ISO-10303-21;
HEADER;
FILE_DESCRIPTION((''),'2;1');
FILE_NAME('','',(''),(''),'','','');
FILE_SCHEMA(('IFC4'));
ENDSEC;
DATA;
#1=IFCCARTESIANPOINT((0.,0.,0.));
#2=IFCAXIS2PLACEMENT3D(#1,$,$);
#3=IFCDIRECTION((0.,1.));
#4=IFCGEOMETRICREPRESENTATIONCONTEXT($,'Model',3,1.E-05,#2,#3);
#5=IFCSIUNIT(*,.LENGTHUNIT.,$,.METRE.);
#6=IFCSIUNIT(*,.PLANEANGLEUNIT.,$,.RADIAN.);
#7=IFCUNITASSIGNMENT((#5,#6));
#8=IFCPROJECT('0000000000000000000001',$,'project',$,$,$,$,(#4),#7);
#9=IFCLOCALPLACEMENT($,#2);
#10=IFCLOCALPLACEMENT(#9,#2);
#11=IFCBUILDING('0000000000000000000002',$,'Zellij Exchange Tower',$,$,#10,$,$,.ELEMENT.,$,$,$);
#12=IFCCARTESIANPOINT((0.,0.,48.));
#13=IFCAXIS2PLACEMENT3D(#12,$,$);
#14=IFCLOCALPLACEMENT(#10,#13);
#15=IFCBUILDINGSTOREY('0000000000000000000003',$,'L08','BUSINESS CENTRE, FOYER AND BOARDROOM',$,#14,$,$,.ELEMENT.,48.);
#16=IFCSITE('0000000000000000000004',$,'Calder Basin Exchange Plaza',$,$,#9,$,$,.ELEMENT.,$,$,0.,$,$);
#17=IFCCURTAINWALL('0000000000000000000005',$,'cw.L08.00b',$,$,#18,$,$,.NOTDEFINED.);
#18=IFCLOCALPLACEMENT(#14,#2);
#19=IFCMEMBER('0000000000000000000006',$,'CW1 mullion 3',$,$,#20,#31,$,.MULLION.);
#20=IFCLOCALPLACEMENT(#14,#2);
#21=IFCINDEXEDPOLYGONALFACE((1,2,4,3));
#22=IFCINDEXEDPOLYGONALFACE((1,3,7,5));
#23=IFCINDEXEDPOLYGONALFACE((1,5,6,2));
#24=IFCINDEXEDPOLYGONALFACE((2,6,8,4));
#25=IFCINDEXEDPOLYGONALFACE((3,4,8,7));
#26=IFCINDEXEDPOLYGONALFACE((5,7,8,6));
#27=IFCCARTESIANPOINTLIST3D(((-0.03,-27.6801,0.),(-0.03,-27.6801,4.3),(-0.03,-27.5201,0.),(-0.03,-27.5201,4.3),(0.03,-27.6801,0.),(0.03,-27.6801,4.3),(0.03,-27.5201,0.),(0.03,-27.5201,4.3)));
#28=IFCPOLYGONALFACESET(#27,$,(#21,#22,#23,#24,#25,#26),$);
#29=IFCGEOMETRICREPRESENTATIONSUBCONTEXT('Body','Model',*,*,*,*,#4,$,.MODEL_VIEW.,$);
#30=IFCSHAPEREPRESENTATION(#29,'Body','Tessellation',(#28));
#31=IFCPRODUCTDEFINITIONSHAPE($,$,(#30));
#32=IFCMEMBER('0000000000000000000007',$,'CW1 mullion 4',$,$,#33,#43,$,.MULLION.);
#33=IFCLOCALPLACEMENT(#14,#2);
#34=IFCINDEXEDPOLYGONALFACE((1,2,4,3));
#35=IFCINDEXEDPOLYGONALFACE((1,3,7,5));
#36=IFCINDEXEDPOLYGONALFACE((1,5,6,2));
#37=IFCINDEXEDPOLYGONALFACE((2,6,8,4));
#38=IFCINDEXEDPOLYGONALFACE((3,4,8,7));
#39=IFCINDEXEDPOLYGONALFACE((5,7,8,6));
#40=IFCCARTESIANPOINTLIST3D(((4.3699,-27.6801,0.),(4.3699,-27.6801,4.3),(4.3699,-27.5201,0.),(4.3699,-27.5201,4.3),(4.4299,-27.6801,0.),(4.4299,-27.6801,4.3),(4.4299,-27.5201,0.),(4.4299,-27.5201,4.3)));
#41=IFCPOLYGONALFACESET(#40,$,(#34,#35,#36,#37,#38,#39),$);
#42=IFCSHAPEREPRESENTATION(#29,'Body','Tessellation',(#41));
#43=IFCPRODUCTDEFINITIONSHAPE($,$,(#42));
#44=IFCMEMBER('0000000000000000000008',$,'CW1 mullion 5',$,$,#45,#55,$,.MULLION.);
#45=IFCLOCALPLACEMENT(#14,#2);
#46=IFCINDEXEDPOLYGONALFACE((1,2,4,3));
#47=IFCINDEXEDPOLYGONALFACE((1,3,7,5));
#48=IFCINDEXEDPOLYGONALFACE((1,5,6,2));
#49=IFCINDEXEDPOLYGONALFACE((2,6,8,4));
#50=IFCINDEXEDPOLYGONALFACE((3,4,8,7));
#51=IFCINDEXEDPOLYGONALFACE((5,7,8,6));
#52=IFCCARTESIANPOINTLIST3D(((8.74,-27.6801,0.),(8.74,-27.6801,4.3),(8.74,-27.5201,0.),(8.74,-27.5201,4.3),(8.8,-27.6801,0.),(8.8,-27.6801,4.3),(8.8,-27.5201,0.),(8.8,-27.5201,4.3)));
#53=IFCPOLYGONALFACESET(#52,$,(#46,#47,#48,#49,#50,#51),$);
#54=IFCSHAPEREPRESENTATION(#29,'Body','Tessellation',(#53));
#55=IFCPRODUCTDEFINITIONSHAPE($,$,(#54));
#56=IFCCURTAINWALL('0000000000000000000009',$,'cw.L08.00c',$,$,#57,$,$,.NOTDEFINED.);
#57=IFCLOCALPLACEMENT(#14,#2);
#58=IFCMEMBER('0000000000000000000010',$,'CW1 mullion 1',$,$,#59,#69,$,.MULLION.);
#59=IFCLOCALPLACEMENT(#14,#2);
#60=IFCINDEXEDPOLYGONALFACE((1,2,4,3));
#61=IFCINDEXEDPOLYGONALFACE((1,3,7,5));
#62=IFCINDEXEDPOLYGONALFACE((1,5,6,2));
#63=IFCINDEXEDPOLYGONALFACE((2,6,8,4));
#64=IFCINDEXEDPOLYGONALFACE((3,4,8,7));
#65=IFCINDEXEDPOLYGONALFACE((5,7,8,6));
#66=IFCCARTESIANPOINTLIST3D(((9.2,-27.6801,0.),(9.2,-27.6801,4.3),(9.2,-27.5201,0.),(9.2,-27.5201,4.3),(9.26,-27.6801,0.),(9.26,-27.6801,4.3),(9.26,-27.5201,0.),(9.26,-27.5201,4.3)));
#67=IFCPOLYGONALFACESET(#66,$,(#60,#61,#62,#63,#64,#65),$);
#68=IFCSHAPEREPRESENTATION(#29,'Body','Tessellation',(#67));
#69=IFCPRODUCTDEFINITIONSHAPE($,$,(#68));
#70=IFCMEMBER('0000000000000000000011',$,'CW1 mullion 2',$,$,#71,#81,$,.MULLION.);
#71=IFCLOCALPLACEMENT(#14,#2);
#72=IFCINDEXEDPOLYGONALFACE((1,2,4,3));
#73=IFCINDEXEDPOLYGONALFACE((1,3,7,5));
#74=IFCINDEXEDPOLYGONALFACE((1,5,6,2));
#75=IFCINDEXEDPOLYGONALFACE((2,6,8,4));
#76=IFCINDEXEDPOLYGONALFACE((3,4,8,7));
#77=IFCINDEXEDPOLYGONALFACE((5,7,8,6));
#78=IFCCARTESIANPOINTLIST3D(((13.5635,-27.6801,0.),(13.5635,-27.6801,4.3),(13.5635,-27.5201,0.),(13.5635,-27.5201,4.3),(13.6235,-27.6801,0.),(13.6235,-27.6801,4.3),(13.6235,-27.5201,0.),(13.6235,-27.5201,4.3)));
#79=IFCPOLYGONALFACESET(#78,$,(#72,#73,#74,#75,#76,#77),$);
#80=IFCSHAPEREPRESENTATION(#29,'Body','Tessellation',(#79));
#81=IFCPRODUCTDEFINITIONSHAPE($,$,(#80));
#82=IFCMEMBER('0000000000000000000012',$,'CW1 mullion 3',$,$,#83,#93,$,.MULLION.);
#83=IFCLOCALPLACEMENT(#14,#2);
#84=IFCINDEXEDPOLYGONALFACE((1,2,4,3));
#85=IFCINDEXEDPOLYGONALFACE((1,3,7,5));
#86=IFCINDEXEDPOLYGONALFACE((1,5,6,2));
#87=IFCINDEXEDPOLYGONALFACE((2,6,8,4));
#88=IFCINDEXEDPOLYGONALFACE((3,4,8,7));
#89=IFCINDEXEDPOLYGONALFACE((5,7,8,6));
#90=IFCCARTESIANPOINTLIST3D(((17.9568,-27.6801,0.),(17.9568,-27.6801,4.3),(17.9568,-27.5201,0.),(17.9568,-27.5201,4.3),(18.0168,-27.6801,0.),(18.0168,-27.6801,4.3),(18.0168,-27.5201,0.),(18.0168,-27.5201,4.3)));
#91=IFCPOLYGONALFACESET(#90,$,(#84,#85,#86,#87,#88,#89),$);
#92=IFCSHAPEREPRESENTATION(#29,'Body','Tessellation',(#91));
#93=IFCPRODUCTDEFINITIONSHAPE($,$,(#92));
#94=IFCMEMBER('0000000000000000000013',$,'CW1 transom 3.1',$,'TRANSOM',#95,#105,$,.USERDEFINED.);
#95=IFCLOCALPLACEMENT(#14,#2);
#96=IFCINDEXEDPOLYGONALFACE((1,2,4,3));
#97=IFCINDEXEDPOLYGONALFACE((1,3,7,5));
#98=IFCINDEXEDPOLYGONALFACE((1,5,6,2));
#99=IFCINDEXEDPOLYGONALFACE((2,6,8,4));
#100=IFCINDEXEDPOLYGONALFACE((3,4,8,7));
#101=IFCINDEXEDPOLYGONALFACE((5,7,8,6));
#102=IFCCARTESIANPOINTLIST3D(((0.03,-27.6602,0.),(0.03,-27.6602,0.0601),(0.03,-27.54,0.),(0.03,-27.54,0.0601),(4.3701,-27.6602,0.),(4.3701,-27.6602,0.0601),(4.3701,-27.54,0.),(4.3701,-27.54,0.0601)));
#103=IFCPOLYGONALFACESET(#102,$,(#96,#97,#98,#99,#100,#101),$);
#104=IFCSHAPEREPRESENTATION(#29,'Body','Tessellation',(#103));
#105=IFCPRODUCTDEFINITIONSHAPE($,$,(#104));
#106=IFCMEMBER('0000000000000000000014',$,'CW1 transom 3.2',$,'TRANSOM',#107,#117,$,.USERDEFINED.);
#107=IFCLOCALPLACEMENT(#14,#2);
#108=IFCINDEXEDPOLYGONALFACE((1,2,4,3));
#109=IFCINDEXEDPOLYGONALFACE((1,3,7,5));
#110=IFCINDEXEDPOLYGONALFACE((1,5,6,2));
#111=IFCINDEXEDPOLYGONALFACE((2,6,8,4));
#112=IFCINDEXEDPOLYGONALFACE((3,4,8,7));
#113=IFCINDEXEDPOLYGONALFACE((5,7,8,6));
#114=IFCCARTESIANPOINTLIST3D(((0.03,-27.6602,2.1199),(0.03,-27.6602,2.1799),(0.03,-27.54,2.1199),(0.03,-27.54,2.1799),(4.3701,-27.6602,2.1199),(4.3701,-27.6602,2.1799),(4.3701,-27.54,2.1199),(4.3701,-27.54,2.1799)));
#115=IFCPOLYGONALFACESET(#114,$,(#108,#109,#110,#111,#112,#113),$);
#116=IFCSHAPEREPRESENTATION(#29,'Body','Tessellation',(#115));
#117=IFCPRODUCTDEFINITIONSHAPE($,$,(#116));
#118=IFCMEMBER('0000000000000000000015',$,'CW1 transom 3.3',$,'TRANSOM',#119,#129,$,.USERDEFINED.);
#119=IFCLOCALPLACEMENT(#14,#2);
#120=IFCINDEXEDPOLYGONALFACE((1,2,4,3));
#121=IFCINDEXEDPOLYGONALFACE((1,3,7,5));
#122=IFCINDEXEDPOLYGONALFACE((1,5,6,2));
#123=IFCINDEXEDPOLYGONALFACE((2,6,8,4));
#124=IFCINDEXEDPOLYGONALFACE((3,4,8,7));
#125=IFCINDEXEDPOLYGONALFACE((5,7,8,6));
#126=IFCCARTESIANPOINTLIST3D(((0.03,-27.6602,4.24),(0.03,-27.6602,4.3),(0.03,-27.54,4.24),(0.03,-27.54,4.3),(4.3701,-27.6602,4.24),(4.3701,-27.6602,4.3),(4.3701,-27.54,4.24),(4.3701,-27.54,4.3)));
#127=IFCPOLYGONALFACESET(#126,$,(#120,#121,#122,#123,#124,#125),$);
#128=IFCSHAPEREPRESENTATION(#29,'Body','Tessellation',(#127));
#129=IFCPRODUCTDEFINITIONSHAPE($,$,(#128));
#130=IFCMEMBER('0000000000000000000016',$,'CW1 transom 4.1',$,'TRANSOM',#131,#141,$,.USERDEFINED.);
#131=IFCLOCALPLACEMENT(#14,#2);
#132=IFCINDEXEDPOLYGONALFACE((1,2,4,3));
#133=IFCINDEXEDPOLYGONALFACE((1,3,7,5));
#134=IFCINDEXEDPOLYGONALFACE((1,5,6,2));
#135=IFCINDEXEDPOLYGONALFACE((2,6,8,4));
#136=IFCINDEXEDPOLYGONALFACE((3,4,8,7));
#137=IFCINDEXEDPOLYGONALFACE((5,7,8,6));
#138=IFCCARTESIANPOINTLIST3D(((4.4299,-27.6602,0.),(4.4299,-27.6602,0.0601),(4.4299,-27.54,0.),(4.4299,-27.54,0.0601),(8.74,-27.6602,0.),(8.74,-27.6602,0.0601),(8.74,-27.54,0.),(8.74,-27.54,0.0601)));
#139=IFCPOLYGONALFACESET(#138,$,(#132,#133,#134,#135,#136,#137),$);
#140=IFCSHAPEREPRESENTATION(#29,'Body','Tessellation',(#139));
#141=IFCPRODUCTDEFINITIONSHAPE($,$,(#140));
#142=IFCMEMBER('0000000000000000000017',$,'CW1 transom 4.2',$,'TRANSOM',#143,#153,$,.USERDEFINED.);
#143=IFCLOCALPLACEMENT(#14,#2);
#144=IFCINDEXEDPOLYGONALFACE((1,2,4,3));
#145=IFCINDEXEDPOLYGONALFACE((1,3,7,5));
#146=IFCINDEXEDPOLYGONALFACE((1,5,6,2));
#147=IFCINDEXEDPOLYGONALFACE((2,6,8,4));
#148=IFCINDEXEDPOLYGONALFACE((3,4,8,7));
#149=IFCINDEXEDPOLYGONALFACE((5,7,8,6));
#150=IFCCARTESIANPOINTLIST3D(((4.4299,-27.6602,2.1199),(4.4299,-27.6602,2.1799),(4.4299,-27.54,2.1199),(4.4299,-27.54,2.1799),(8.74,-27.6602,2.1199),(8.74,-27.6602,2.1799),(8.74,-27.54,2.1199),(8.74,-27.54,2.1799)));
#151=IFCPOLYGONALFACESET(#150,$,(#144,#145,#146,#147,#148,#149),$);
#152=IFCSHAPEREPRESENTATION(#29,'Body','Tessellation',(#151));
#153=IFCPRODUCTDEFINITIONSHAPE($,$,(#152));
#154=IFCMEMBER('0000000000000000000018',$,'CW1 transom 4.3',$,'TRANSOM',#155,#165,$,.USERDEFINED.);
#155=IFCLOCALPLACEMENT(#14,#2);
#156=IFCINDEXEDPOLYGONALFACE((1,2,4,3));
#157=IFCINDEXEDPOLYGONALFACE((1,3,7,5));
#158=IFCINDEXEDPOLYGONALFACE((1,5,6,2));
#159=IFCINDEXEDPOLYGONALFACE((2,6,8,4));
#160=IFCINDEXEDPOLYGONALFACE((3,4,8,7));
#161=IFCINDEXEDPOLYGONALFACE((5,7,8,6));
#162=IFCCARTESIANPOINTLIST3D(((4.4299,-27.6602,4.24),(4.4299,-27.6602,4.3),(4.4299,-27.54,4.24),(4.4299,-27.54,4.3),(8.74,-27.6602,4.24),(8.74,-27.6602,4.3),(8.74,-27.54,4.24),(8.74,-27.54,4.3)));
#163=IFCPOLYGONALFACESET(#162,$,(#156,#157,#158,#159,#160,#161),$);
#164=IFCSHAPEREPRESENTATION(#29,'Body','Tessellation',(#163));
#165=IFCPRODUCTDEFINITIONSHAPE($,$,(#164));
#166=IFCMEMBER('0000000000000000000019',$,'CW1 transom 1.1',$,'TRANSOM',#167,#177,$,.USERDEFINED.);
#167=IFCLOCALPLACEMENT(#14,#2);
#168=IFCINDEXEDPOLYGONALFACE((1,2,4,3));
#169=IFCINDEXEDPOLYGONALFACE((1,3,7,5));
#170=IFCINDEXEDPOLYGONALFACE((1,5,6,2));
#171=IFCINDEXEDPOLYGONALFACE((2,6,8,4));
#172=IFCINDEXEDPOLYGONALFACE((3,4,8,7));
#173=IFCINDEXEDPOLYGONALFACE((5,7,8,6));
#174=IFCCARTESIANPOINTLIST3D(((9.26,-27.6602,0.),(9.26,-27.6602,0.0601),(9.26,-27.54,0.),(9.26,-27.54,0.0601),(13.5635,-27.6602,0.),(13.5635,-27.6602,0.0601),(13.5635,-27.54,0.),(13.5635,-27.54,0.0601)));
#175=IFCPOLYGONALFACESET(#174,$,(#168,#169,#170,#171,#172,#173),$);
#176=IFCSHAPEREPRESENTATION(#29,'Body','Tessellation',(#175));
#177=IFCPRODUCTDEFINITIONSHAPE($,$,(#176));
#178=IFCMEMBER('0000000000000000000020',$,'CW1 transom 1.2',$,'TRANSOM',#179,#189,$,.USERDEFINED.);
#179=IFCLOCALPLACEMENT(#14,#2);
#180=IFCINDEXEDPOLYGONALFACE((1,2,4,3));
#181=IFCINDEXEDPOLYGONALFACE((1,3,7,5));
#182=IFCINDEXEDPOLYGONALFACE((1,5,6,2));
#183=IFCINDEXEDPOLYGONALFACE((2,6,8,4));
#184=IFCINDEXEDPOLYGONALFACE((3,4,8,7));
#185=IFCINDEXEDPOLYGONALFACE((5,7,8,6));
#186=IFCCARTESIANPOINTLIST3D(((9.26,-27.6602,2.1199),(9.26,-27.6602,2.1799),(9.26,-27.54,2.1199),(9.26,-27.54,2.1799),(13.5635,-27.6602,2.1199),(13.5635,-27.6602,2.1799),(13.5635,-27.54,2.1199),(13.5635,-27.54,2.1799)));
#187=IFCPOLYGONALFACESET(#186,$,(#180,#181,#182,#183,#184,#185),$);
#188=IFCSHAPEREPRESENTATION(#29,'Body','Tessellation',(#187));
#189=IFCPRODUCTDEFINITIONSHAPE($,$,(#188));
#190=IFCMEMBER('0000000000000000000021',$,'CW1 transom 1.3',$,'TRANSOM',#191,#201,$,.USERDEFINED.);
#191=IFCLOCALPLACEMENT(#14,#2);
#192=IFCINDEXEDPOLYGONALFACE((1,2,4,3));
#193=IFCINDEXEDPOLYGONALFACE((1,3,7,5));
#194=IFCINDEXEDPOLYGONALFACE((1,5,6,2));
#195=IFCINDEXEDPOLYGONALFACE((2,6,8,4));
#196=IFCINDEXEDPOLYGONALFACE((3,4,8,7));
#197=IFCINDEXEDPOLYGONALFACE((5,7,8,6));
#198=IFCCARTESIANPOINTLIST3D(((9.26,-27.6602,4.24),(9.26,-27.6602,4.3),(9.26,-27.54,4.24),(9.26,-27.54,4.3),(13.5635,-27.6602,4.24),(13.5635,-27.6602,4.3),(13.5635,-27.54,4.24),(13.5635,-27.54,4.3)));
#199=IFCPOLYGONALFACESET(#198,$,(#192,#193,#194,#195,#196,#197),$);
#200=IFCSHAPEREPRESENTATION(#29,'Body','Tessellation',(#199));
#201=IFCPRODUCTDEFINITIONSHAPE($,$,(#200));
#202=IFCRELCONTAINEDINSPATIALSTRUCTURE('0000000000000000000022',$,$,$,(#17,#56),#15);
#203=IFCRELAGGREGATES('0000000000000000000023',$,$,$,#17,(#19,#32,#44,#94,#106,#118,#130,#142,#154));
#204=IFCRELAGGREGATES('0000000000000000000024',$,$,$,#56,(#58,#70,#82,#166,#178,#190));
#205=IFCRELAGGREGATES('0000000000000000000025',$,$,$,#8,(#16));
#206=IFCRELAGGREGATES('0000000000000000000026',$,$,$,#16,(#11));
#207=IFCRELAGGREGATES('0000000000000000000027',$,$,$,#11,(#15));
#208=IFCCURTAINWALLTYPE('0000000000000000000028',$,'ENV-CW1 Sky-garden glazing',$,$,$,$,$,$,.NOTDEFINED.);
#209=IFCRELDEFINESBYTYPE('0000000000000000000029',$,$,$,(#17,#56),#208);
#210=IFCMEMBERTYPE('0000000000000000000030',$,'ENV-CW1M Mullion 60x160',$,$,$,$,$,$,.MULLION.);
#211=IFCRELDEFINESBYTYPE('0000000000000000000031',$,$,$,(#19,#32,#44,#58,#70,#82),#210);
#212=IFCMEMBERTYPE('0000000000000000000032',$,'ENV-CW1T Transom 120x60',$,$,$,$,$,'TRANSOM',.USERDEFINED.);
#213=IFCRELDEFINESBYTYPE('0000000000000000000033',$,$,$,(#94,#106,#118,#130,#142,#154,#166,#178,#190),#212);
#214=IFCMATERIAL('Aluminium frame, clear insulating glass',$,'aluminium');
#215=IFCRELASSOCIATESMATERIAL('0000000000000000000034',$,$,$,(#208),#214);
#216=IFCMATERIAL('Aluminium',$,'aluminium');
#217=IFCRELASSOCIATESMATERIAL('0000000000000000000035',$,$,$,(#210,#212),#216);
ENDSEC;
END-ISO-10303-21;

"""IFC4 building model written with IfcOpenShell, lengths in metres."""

from ifc_helpers import new_model, si_unit, direction, frame, origin, origin_2d, place, context, subcontext, project, spatial, rectangle, extrude, material, material_profile, profile_set, type_object, element, aggregate, save


model = new_model("IFC4")

# Units and contexts
model_context = context("Model", 3, precision=1e-05, world=origin(), true_north=direction((0.0, 1.0)))
body_context = subcontext(model_context, "Body", "Model", "MODEL_VIEW")
ifc_project = project(units=[si_unit("LENGTHUNIT", "METRE"), si_unit("PLANEANGLEUNIT", "RADIAN")], contexts=[model_context])

# Site, building, storey
site_placement = place(None, origin())
site = spatial("IfcSite", under=ifc_project, at=site_placement, Name="Calder Basin Exchange Plaza", CompositionType="ELEMENT", RefElevation=0.0)
building_placement = place(site_placement, origin())
building = spatial("IfcBuilding", under=site, at=building_placement, Name="Zellij Exchange Tower", CompositionType="ELEMENT")
storey_placement = place(building_placement, frame((0.0, 0.0, 48.0)))
storey = spatial("IfcBuildingStorey", under=building, at=storey_placement, Name="L08", Description="BUSINESS CENTRE, FOYER AND BOARDROOM", CompositionType="ELEMENT", Elevation=48.0)

# Curtain walls, members
ifc_material_1 = material(Name="Aluminium frame, clear insulating glass", Category="aluminium")
curtain_wall_type = type_object("IfcCurtainWallType", Name="ENV-CW1 Sky-garden glazing", PredefinedType="NOTDEFINED", material=ifc_material_1)
curtain_wall_1_placement = place(storey_placement, origin())
curtain_wall_1 = element("IfcCurtainWall", 1, at=curtain_wall_1_placement, inside=storey, type_object=curtain_wall_type, Name="cw.L08.00b", PredefinedType="NOTDEFINED")
ifc_material_2 = material(Name="Aluminium", Category="aluminium")
ifc_material_profile_1 = material_profile(ifc_material_2, rectangle(XDim=0.0601, YDim=0.1599, at=origin_2d()), Name="AL 60x160")
ifc_profile_set_1 = profile_set([ifc_material_profile_1], Name="Aluminium")
member_type_1 = type_object("IfcMemberType", Name="ENV-CW1M Mullion 60x160", PredefinedType="MULLION", material=ifc_profile_set_1)
member_1_placement = place(storey_placement, frame((0.0, -27.6001, 0.0), z_axis=(0.0, 0.0, 1.0), x_axis=(1.0, 0.0, 0.0)))
member_1 = element("IfcMember", 2, at=member_1_placement, type_object=member_type_1, Name="CW1 mullion 3", PredefinedType="MULLION", context=body_context, shape_type="SweptSolid", body=[
    extrude(rectangle(XDim=0.0601, YDim=0.1599, at=origin_2d()), origin(), (0.0, 0.0, 1.0), 4.3),
])
member_2_placement = place(storey_placement, frame((4.3999, -27.6001, 0.0), z_axis=(0.0, 0.0, 1.0), x_axis=(1.0, 0.0, 0.0)))
member_2 = element("IfcMember", 3, at=member_2_placement, type_object=member_type_1, Name="CW1 mullion 4", PredefinedType="MULLION", context=body_context, shape_type="SweptSolid", body=[
    extrude(rectangle(XDim=0.0601, YDim=0.1599, at=origin_2d()), origin(), (0.0, 0.0, 1.0), 4.3),
])
member_3_placement = place(storey_placement, frame((8.77, -27.6001, 0.0), z_axis=(0.0, 0.0, 1.0), x_axis=(1.0, 0.0, 0.0)))
member_3 = element("IfcMember", 4, at=member_3_placement, type_object=member_type_1, Name="CW1 mullion 5", PredefinedType="MULLION", context=body_context, shape_type="SweptSolid", body=[
    extrude(rectangle(XDim=0.0601, YDim=0.1599, at=origin_2d()), origin(), (0.0, 0.0, 1.0), 4.3),
])
curtain_wall_2_placement = place(storey_placement, origin())
curtain_wall_2 = element("IfcCurtainWall", 5, at=curtain_wall_2_placement, inside=storey, type_object=curtain_wall_type, Name="cw.L08.00c", PredefinedType="NOTDEFINED")
member_4_placement = place(storey_placement, frame((9.23, -27.6001, 0.0), z_axis=(0.0, 0.0, 1.0), x_axis=(1.0, 0.0, 0.0)))
member_4 = element("IfcMember", 6, at=member_4_placement, type_object=member_type_1, Name="CW1 mullion 1", PredefinedType="MULLION", context=body_context, shape_type="SweptSolid", body=[
    extrude(rectangle(XDim=0.0601, YDim=0.1599, at=origin_2d()), origin(), (0.0, 0.0, 1.0), 4.3),
])
member_5_placement = place(storey_placement, frame((13.5935, -27.6001, 0.0), z_axis=(0.0, 0.0, 1.0), x_axis=(1.0, 0.0, 0.0)))
member_5 = element("IfcMember", 7, at=member_5_placement, type_object=member_type_1, Name="CW1 mullion 2", PredefinedType="MULLION", context=body_context, shape_type="SweptSolid", body=[
    extrude(rectangle(XDim=0.0601, YDim=0.1599, at=origin_2d()), origin(), (0.0, 0.0, 1.0), 4.3),
])
member_6_placement = place(storey_placement, frame((17.9868, -27.6001, 0.0), z_axis=(0.0, 0.0, 1.0), x_axis=(1.0, 0.0, 0.0)))
member_6 = element("IfcMember", 8, at=member_6_placement, type_object=member_type_1, Name="CW1 mullion 3", PredefinedType="MULLION", context=body_context, shape_type="SweptSolid", body=[
    extrude(rectangle(XDim=0.0601, YDim=0.1599, at=origin_2d()), origin(), (0.0, 0.0, 1.0), 4.3),
])

# Members
ifc_material_profile_2 = material_profile(ifc_material_2, rectangle(XDim=0.1201, YDim=0.0601, at=origin_2d()), Name="AL 120x60")
ifc_profile_set_2 = profile_set([ifc_material_profile_2], Name="Aluminium")
member_type_2 = type_object("IfcMemberType", Name="ENV-CW1T Transom 120x60", ElementType="TRANSOM", PredefinedType="USERDEFINED", material=ifc_profile_set_2)
member_7_placement = place(storey_placement, frame((0.03, -27.6001, 0.03), z_axis=(1.0, 0.0, 0.0), x_axis=(0.0, 1.0, 0.0)))
member_7 = element("IfcMember", 9, at=member_7_placement, type_object=member_type_2, Name="CW1 transom 3.1", ObjectType="TRANSOM", PredefinedType="USERDEFINED", context=body_context, shape_type="SweptSolid", body=[
    extrude(rectangle(XDim=0.1201, YDim=0.0601, at=origin_2d()), origin(), (0.0, 0.0, 1.0), 4.3401),
])
member_8_placement = place(storey_placement, frame((0.03, -27.6001, 2.1499), z_axis=(1.0, 0.0, 0.0), x_axis=(0.0, 1.0, 0.0)))
member_8 = element("IfcMember", 10, at=member_8_placement, type_object=member_type_2, Name="CW1 transom 3.2", ObjectType="TRANSOM", PredefinedType="USERDEFINED", context=body_context, shape_type="SweptSolid", body=[
    extrude(rectangle(XDim=0.1201, YDim=0.0601, at=origin_2d()), origin(), (0.0, 0.0, 1.0), 4.3401),
])
member_9_placement = place(storey_placement, frame((0.03, -27.6001, 4.27), z_axis=(1.0, 0.0, 0.0), x_axis=(0.0, 1.0, 0.0)))
member_9 = element("IfcMember", 11, at=member_9_placement, type_object=member_type_2, Name="CW1 transom 3.3", ObjectType="TRANSOM", PredefinedType="USERDEFINED", context=body_context, shape_type="SweptSolid", body=[
    extrude(rectangle(XDim=0.1201, YDim=0.0601, at=origin_2d()), origin(), (0.0, 0.0, 1.0), 4.3401),
])
member_10_placement = place(storey_placement, frame((4.4299, -27.6001, 0.03), z_axis=(1.0, 0.0, 0.0), x_axis=(0.0, 1.0, 0.0)))
member_10 = element("IfcMember", 12, at=member_10_placement, type_object=member_type_2, Name="CW1 transom 4.1", ObjectType="TRANSOM", PredefinedType="USERDEFINED", context=body_context, shape_type="SweptSolid", body=[
    extrude(rectangle(XDim=0.1201, YDim=0.0601, at=origin_2d()), origin(), (0.0, 0.0, 1.0), 4.3101),
])
member_11_placement = place(storey_placement, frame((4.4299, -27.6001, 2.1499), z_axis=(1.0, 0.0, 0.0), x_axis=(0.0, 1.0, 0.0)))
member_11 = element("IfcMember", 13, at=member_11_placement, type_object=member_type_2, Name="CW1 transom 4.2", ObjectType="TRANSOM", PredefinedType="USERDEFINED", context=body_context, shape_type="SweptSolid", body=[
    extrude(rectangle(XDim=0.1201, YDim=0.0601, at=origin_2d()), origin(), (0.0, 0.0, 1.0), 4.3101),
])
member_12_placement = place(storey_placement, frame((4.4299, -27.6001, 4.27), z_axis=(1.0, 0.0, 0.0), x_axis=(0.0, 1.0, 0.0)))
member_12 = element("IfcMember", 14, at=member_12_placement, type_object=member_type_2, Name="CW1 transom 4.3", ObjectType="TRANSOM", PredefinedType="USERDEFINED", context=body_context, shape_type="SweptSolid", body=[
    extrude(rectangle(XDim=0.1201, YDim=0.0601, at=origin_2d()), origin(), (0.0, 0.0, 1.0), 4.3101),
])
member_13_placement = place(storey_placement, frame((9.26, -27.6001, 0.03), z_axis=(1.0, 0.0, 0.0), x_axis=(0.0, 1.0, 0.0)))
member_13 = element("IfcMember", 15, at=member_13_placement, type_object=member_type_2, Name="CW1 transom 1.1", ObjectType="TRANSOM", PredefinedType="USERDEFINED", context=body_context, shape_type="SweptSolid", body=[
    extrude(rectangle(XDim=0.1201, YDim=0.0601, at=origin_2d()), origin(), (0.0, 0.0, 1.0), 4.3035),
])
member_14_placement = place(storey_placement, frame((9.26, -27.6001, 2.1499), z_axis=(1.0, 0.0, 0.0), x_axis=(0.0, 1.0, 0.0)))
member_14 = element("IfcMember", 16, at=member_14_placement, type_object=member_type_2, Name="CW1 transom 1.2", ObjectType="TRANSOM", PredefinedType="USERDEFINED", context=body_context, shape_type="SweptSolid", body=[
    extrude(rectangle(XDim=0.1201, YDim=0.0601, at=origin_2d()), origin(), (0.0, 0.0, 1.0), 4.3035),
])
member_15_placement = place(storey_placement, frame((9.26, -27.6001, 4.27), z_axis=(1.0, 0.0, 0.0), x_axis=(0.0, 1.0, 0.0)))
member_15 = element("IfcMember", 17, at=member_15_placement, type_object=member_type_2, Name="CW1 transom 1.3", ObjectType="TRANSOM", PredefinedType="USERDEFINED", context=body_context, shape_type="SweptSolid", body=[
    extrude(rectangle(XDim=0.1201, YDim=0.0601, at=origin_2d()), origin(), (0.0, 0.0, 1.0), 4.3035),
])

aggregate(curtain_wall_1, [member_1, member_2, member_3, member_7, member_8, member_9, member_10, member_11, member_12])
aggregate(curtain_wall_2, [member_4, member_5, member_6, member_13, member_14, member_15])

save(model, "model.ifc")
